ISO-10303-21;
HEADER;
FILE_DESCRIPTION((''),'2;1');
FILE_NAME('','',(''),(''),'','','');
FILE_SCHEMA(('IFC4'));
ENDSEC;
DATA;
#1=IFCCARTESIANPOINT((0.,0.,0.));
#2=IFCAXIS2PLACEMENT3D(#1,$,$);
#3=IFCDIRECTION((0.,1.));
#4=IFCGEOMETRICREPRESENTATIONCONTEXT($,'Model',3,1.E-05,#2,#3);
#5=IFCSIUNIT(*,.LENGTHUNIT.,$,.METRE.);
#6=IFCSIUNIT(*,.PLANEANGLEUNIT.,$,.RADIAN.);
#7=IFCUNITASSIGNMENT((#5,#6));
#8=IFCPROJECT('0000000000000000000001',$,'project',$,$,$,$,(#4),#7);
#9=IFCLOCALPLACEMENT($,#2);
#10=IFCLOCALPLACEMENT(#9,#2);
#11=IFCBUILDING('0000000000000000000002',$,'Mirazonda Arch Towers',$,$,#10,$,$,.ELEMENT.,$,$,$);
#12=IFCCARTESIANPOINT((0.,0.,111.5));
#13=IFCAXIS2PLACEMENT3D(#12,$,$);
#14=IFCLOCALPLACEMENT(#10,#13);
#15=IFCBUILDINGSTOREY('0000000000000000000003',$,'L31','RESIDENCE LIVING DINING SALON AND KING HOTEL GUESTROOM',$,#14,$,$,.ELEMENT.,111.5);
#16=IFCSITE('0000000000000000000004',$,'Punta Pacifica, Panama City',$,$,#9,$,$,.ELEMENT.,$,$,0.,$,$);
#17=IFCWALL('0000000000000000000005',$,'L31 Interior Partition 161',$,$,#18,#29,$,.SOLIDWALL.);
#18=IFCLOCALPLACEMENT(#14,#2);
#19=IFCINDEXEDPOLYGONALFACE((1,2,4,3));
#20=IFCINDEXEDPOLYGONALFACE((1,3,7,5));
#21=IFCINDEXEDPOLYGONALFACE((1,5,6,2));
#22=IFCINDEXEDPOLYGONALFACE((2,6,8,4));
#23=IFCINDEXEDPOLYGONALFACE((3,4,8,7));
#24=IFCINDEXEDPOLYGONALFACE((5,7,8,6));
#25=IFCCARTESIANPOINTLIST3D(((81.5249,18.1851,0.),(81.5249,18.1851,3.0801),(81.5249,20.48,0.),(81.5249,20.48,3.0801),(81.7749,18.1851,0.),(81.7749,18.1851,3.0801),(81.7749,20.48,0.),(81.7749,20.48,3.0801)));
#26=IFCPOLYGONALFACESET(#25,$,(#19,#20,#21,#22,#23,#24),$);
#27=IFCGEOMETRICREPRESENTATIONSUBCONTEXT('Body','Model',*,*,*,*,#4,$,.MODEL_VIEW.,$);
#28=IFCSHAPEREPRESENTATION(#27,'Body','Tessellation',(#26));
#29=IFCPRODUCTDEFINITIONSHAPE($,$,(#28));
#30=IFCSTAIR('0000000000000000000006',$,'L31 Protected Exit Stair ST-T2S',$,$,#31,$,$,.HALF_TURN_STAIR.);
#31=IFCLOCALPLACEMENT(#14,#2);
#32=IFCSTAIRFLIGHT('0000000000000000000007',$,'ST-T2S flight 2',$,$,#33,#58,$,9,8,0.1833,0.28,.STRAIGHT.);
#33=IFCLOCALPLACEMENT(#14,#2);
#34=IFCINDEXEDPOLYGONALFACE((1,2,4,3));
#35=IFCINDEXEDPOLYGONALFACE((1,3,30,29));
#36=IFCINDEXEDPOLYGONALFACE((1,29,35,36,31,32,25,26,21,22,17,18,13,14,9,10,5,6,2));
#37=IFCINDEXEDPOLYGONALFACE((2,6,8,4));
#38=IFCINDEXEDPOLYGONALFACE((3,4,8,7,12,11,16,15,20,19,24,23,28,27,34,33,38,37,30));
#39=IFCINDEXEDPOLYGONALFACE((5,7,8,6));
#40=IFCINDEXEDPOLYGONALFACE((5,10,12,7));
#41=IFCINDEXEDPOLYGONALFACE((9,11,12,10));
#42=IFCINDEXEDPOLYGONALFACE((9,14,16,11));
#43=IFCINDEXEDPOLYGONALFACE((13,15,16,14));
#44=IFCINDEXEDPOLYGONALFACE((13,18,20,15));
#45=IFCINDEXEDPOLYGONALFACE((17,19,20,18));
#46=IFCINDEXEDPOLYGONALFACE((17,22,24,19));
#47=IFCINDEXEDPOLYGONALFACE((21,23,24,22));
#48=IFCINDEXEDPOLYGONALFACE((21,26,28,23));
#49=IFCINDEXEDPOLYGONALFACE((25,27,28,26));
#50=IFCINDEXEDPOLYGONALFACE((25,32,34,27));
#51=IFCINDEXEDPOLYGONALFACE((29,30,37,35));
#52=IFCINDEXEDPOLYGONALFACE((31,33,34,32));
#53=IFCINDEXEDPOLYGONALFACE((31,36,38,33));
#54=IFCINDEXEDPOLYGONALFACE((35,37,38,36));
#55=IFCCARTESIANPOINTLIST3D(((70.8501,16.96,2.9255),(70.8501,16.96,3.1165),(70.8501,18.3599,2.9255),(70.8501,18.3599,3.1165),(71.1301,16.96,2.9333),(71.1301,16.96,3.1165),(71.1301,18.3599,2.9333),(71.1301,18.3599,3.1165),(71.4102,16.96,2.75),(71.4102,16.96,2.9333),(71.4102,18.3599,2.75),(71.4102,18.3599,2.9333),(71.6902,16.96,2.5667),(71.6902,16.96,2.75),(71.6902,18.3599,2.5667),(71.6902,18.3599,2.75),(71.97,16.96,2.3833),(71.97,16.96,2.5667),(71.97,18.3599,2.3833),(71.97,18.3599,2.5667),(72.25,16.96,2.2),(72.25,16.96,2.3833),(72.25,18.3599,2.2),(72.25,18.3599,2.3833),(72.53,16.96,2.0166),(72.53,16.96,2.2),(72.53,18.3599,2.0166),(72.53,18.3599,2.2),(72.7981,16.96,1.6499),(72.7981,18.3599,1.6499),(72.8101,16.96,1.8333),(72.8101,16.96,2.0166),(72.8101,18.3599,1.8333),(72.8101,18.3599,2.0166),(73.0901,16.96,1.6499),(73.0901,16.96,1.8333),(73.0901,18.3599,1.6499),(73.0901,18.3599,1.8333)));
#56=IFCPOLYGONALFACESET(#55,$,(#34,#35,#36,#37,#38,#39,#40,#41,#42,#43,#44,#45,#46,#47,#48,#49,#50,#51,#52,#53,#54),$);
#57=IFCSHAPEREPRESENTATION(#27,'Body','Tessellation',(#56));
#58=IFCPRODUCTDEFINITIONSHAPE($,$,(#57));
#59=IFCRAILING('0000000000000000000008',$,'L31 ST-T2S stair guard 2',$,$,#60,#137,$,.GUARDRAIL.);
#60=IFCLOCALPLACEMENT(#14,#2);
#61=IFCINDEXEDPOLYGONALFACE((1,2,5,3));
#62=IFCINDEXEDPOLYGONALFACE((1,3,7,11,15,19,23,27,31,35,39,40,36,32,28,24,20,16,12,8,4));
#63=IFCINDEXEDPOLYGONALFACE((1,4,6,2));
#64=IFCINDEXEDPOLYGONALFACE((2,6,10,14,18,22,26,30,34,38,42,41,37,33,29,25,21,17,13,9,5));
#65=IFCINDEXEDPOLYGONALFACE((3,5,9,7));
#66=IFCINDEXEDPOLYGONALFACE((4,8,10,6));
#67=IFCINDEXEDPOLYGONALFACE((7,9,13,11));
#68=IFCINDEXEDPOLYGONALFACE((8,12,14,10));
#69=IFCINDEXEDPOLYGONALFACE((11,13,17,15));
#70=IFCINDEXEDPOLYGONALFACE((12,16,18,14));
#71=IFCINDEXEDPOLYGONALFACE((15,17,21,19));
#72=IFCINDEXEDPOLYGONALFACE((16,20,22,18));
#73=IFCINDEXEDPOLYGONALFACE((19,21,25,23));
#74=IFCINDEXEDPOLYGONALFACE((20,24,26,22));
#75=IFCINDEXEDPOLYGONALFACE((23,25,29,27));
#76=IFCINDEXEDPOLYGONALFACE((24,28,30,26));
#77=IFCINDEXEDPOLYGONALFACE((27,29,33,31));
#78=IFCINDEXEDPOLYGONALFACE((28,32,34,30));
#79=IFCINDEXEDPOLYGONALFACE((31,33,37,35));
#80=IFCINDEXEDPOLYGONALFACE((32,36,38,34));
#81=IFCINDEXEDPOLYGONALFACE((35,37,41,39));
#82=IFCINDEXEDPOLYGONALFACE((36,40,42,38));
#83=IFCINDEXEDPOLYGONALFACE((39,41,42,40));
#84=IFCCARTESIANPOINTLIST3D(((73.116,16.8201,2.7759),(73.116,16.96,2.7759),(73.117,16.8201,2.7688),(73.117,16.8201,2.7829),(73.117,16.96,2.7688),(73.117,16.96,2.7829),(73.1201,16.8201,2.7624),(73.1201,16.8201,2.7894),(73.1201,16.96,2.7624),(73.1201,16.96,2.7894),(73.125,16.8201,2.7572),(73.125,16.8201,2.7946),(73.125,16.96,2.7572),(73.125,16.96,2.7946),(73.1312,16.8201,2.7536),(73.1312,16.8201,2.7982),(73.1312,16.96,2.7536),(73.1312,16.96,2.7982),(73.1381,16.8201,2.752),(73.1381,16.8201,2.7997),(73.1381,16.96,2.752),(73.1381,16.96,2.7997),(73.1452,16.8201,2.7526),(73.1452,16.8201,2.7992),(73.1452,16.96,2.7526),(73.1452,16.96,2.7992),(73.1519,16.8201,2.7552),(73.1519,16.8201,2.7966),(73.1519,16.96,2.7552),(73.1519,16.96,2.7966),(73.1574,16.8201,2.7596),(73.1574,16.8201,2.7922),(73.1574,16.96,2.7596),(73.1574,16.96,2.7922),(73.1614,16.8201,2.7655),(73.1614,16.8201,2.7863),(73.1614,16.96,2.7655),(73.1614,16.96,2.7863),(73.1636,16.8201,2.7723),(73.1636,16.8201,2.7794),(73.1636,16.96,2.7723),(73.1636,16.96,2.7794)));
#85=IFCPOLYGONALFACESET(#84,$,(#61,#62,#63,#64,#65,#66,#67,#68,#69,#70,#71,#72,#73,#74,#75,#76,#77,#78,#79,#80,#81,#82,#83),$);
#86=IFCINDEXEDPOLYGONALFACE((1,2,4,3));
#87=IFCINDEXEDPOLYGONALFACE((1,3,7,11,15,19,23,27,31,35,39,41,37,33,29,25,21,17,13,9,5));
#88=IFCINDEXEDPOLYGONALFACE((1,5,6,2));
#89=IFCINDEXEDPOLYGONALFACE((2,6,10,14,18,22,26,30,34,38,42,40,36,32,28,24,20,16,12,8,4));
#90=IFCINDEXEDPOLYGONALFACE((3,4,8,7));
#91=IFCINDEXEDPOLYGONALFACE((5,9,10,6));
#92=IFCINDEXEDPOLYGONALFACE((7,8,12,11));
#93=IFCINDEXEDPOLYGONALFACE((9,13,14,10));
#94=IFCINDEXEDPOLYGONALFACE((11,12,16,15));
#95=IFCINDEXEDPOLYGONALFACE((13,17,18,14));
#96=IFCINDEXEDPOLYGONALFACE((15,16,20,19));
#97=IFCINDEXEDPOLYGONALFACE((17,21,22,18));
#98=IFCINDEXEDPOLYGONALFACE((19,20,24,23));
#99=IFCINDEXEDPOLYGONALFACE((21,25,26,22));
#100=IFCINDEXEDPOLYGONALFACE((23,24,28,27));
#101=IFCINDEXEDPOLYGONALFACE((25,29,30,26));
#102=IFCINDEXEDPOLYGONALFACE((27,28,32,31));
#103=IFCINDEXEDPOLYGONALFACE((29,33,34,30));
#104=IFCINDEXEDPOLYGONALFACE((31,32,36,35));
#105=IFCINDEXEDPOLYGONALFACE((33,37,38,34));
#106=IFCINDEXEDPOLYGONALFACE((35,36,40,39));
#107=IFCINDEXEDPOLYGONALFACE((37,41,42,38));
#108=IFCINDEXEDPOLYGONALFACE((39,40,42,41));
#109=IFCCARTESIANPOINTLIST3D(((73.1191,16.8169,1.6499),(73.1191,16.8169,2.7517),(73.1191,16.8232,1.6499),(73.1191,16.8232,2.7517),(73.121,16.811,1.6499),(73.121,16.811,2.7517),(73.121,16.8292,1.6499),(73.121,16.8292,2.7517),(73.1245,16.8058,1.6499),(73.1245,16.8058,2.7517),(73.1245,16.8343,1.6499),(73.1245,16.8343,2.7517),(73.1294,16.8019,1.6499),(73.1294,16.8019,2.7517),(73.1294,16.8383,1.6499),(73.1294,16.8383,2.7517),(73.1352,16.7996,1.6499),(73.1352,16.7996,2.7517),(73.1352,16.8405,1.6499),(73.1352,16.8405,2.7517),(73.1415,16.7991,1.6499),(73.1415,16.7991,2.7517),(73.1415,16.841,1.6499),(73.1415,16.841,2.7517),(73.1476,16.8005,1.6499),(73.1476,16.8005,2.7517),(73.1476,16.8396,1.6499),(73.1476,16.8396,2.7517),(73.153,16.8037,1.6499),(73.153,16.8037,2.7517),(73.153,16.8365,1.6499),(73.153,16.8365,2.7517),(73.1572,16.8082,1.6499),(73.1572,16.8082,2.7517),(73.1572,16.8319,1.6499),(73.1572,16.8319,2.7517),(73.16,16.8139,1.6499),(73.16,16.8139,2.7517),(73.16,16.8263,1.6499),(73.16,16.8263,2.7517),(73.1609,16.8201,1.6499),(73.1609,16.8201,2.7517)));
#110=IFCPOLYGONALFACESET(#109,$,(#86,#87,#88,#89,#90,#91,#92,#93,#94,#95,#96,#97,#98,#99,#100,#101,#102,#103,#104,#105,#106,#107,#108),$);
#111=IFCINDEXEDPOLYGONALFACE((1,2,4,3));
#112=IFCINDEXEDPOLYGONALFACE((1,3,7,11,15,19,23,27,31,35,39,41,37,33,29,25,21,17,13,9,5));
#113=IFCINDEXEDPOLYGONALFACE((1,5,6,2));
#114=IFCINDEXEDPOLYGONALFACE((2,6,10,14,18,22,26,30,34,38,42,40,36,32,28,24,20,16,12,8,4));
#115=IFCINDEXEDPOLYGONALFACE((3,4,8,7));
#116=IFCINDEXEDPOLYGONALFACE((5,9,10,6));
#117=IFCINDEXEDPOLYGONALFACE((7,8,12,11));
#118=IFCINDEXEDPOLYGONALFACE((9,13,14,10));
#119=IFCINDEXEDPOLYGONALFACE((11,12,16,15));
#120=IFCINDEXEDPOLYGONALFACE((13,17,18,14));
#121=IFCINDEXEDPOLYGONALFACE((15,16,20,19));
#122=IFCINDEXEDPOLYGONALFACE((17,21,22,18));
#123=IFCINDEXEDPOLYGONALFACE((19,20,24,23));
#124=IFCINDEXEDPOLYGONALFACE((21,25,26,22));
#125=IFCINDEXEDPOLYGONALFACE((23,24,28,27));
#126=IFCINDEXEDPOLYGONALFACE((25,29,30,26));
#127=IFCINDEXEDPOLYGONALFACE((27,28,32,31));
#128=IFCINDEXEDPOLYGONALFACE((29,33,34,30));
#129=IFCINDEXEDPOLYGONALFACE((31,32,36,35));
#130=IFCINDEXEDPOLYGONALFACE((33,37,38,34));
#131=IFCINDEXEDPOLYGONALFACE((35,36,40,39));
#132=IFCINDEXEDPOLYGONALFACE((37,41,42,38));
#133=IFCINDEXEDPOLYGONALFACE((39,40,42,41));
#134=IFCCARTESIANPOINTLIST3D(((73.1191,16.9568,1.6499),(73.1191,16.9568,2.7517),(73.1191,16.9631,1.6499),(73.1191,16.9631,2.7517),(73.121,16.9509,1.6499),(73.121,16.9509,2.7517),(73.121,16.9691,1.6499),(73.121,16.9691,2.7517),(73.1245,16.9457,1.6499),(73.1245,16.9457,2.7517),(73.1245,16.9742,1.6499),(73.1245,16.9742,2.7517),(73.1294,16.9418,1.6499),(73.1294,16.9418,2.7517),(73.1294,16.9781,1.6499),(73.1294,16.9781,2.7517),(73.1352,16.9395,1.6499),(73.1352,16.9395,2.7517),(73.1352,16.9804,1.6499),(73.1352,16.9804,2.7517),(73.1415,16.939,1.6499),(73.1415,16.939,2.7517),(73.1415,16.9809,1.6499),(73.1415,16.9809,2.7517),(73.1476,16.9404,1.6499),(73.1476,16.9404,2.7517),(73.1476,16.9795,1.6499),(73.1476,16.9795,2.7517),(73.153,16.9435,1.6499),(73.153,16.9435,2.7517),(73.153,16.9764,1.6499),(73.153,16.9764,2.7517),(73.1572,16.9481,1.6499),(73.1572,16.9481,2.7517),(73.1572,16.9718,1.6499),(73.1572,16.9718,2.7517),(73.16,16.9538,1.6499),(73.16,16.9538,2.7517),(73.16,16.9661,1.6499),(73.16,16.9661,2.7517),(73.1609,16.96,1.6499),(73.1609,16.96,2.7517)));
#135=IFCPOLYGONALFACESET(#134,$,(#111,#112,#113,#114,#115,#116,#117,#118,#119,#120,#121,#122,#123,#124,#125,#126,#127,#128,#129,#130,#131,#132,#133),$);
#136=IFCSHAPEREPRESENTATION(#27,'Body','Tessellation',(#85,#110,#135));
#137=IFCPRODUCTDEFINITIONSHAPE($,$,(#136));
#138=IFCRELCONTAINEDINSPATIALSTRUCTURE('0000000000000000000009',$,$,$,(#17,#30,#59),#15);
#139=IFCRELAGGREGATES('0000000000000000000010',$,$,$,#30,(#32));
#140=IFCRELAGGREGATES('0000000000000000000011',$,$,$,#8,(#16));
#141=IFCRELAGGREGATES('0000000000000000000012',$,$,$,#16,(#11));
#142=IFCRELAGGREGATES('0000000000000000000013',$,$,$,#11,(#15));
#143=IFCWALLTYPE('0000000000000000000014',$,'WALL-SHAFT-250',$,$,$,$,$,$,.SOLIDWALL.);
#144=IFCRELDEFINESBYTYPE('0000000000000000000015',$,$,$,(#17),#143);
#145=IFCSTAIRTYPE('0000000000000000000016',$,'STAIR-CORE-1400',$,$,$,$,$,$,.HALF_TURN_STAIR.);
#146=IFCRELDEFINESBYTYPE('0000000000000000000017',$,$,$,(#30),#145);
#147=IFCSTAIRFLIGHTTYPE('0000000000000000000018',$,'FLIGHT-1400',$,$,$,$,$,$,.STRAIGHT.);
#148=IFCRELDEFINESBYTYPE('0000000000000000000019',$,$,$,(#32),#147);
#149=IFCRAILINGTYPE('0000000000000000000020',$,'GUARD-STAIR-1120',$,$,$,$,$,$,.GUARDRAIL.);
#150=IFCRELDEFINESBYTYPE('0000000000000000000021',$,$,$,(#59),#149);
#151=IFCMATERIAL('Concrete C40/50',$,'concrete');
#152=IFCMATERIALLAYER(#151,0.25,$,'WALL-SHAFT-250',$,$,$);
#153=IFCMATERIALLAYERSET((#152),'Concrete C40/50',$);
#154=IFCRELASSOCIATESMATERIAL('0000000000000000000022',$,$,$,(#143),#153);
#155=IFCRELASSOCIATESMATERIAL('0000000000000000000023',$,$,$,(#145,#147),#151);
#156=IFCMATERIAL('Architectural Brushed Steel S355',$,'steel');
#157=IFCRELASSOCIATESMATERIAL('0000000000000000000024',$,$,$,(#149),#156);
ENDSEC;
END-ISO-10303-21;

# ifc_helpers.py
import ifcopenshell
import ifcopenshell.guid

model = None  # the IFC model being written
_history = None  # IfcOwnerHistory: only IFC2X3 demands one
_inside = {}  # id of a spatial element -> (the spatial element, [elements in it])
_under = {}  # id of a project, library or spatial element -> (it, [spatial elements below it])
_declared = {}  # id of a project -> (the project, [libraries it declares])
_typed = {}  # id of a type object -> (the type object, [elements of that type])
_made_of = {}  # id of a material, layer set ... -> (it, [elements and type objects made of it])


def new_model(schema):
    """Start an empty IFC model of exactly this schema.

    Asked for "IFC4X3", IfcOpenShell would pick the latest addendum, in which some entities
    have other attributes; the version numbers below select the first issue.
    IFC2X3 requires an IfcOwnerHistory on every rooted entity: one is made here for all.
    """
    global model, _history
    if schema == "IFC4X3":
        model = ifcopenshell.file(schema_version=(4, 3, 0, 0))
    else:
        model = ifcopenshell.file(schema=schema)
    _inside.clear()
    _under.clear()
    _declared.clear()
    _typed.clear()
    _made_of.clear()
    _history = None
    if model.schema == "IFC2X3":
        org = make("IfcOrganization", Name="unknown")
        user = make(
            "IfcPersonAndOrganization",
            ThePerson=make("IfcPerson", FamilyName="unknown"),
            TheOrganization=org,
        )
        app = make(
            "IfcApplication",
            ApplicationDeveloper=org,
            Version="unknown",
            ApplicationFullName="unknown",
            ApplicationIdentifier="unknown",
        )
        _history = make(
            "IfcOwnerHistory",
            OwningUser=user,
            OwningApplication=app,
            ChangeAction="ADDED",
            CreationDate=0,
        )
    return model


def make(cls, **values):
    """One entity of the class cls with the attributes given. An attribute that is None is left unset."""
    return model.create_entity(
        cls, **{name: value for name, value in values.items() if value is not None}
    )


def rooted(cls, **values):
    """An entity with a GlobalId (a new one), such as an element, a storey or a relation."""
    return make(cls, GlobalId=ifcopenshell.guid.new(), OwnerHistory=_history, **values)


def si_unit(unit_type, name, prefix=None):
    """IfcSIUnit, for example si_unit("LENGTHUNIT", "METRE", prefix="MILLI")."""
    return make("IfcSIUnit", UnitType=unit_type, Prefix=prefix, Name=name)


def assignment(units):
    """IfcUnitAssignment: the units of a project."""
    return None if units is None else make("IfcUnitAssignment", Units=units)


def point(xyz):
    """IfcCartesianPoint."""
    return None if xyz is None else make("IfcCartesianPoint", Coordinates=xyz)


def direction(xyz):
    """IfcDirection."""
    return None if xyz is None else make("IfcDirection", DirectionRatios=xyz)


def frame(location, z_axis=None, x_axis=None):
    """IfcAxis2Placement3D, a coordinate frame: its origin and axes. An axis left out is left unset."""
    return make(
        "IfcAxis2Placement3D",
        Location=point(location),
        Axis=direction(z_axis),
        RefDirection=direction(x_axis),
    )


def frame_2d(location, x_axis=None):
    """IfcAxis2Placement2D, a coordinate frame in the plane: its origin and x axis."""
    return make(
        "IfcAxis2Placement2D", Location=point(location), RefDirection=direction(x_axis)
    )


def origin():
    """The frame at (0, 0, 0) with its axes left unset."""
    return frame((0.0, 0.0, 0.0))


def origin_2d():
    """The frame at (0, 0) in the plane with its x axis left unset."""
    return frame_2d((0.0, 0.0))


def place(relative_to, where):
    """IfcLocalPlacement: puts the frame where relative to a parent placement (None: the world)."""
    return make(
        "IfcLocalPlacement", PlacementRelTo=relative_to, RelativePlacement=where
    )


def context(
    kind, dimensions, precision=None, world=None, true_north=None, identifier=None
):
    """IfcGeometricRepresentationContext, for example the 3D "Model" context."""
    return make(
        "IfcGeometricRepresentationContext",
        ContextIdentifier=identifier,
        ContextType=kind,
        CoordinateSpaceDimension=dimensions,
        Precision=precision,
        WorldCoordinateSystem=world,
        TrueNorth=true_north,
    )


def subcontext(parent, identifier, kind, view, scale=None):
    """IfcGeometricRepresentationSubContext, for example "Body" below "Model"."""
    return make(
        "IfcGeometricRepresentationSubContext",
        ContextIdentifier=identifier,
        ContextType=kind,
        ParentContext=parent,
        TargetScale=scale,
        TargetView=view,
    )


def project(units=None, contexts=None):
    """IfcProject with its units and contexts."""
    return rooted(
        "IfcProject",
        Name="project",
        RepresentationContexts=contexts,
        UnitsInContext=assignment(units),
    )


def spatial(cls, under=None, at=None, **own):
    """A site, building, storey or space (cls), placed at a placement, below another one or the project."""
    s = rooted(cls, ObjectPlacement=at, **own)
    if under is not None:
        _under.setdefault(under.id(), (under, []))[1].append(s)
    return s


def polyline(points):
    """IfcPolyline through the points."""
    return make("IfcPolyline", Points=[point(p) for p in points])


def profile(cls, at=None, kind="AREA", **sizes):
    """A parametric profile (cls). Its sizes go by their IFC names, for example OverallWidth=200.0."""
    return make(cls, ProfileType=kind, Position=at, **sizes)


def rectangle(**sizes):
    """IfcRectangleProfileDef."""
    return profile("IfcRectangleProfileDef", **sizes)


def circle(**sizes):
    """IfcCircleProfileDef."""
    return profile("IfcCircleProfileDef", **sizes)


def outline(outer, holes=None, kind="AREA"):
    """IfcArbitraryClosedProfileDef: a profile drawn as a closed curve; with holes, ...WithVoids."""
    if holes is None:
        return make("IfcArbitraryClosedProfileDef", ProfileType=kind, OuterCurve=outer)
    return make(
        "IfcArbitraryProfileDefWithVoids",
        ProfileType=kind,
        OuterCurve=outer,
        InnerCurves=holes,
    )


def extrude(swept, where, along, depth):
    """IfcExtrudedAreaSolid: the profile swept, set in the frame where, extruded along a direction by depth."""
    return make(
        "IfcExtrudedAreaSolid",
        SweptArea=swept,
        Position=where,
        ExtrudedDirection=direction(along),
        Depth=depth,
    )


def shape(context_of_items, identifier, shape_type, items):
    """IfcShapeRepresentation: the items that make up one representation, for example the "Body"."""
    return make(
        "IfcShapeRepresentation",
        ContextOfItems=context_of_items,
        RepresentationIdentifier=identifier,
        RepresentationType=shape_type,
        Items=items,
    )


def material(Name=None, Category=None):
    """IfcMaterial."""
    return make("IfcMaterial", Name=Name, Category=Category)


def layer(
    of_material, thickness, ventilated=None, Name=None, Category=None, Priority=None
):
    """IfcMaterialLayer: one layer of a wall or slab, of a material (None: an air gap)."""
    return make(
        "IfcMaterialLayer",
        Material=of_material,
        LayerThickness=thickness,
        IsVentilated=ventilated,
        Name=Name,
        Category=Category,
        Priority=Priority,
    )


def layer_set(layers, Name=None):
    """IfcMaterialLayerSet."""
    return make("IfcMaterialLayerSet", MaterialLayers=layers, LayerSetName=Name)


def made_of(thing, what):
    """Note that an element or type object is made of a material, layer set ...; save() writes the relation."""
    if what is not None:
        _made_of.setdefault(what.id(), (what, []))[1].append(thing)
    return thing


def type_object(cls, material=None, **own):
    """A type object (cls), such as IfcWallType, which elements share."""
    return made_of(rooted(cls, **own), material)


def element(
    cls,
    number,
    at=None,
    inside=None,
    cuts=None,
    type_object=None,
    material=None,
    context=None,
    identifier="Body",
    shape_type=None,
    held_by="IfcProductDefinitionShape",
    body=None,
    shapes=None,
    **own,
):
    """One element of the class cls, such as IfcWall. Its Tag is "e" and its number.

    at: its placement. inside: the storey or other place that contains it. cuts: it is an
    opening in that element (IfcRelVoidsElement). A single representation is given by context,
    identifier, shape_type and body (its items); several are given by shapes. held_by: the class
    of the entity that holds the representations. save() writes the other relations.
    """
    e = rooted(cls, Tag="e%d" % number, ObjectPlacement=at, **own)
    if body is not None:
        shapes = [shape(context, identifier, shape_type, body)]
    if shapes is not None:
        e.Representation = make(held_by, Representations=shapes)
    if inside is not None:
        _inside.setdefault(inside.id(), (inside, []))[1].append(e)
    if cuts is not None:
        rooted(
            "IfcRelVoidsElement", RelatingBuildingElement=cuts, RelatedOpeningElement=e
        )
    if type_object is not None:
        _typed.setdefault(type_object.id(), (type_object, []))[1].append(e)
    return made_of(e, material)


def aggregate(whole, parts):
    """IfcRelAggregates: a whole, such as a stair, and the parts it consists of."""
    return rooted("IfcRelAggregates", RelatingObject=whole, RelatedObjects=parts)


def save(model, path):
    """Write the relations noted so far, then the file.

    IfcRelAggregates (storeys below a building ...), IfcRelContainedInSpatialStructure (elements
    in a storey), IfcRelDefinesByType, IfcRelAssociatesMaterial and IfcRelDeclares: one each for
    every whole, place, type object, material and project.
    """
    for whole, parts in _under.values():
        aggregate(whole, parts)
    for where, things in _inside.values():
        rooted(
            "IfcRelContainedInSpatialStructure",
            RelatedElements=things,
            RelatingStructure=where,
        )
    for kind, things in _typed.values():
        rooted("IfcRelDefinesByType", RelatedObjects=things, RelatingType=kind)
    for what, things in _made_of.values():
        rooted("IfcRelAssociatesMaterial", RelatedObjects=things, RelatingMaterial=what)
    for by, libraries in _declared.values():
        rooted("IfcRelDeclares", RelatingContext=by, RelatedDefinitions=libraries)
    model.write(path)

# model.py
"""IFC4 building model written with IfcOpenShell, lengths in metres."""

from ifc_helpers import new_model, si_unit, direction, frame, frame_2d, origin, origin_2d, place, context, subcontext, project, spatial, polyline, rectangle, circle, outline, extrude, material, layer, layer_set, type_object, element, aggregate, save


model = new_model("IFC4")

# Units and contexts
model_context = context("Model", 3, precision=1e-05, world=origin(), true_north=direction((0.0, 1.0)))
body_context = subcontext(model_context, "Body", "Model", "MODEL_VIEW")
ifc_project = project(units=[si_unit("LENGTHUNIT", "METRE"), si_unit("PLANEANGLEUNIT", "RADIAN")], contexts=[model_context])

# Site, building, storey
site_placement = place(None, origin())
site = spatial("IfcSite", under=ifc_project, at=site_placement, Name="Punta Pacifica, Panama City", CompositionType="ELEMENT", RefElevation=0.0)
building_placement = place(site_placement, origin())
building = spatial("IfcBuilding", under=site, at=building_placement, Name="Mirazonda Arch Towers", CompositionType="ELEMENT")
storey_placement = place(building_placement, frame((0.0, 0.0, 111.5)))
storey = spatial("IfcBuildingStorey", under=building, at=storey_placement, Name="L31", Description="RESIDENCE LIVING DINING SALON AND KING HOTEL GUESTROOM", CompositionType="ELEMENT", Elevation=111.5)

# Wall
ifc_material_1 = material(Name="Concrete C40/50", Category="concrete")
ifc_layer_1 = layer(ifc_material_1, 0.25, Name="WALL-SHAFT-250")
ifc_layer_set_1 = layer_set([ifc_layer_1], Name="Concrete C40/50")
wall_type_1 = type_object("IfcWallType", Name="WALL-SHAFT-250", PredefinedType="SOLIDWALL", material=ifc_layer_set_1)
wall_1_placement = place(storey_placement, frame((81.6499, 18.1851, 0.0), z_axis=(0.0, 0.0, 1.0), x_axis=(0.0, 1.0, 0.0)))
element("IfcWall", 1, at=wall_1_placement, inside=storey, type_object=wall_type_1, Name="L31 Interior Partition 161", PredefinedType="SOLIDWALL", context=body_context, shape_type="SweptSolid", body=[
    extrude(rectangle(XDim=2.2949, YDim=0.25, at=frame_2d((1.1475, 0.0))), origin(), (0.0, 0.0, 1.0), 3.0801),
])

# Stair, stair flight
stair_type = type_object("IfcStairType", Name="STAIR-CORE-1400", PredefinedType="HALF_TURN_STAIR", material=ifc_material_1)
stair_placement = place(storey_placement, origin())
stair = element("IfcStair", 2, at=stair_placement, inside=storey, type_object=stair_type, Name="L31 Protected Exit Stair ST-T2S", PredefinedType="HALF_TURN_STAIR")
stair_flight_type = type_object("IfcStairFlightType", Name="FLIGHT-1400", PredefinedType="STRAIGHT", material=ifc_material_1)
stair_flight_placement = place(storey_placement, frame((73.0901, 17.6599, 1.6499), z_axis=(0.0, 0.0, 1.0), x_axis=(-1.0, 0.0, 0.0)))
stair_flight = element("IfcStairFlight", 3, at=stair_flight_placement, type_object=stair_flight_type, Name="ST-T2S flight 2", NumberOfRisers=9, NumberOfTreads=8, PredefinedType="STRAIGHT", RiserHeight=0.1833, TreadLength=0.28, context=body_context, shape_type="SweptSolid", body=[
    extrude(outline(polyline([(0.0, 0.0), (0.0, 0.1833), (0.28, 0.1833), (0.28, 0.3667), (0.5601, 0.3667), (0.5601, 0.55), (0.8401, 0.55), (0.8401, 0.7334), (1.1201, 0.7334), (1.1201, 0.9167), (1.3999, 0.9167), (1.3999, 1.1001), (1.6799, 1.1001), (1.6799, 1.2834), (1.96, 1.2834), (1.96, 1.4666), (2.24, 1.4666), (2.24, 1.6499), (2.24, 1.2756), (0.292, 0.0), (0.0, 0.0)])), frame((0.0, 0.7, 0.0), z_axis=(0.0, -1.0, 0.0), x_axis=(1.0, 0.0, 0.0)), (0.0, 0.0, 1.0), 1.3999),
])
aggregate(stair, [stair_flight])

# Railing
ifc_material_2 = material(Name="Architectural Brushed Steel S355", Category="steel")
railing_type_1 = type_object("IfcRailingType", Name="GUARD-STAIR-1120", PredefinedType="GUARDRAIL", material=ifc_material_2)
railing_1_placement = place(storey_placement, frame((73.1399, 16.8201, 1.6499)))
element("IfcRailing", 4, at=railing_1_placement, inside=storey, type_object=railing_type_1, Name="L31 ST-T2S stair guard 2", PredefinedType="GUARDRAIL", context=body_context, shape_type="SweptSolid", body=[
    extrude(circle(Radius=0.0239, at=origin_2d()), frame((0.0, 0.0, 1.126), z_axis=(0.0, 1.0, 0.0), x_axis=(-1.0, 0.0, 0.0)), (0.0, 0.0, 1.0), 0.1399),
    extrude(circle(Radius=0.021, at=origin_2d()), origin(), (0.0, 0.0, 1.0), 1.1018),
    extrude(circle(Radius=0.021, at=origin_2d()), frame((0.0, 0.1399, 0.0)), (0.0, 0.0, 1.0), 1.1018),
])

save(model, "model.ifc")
